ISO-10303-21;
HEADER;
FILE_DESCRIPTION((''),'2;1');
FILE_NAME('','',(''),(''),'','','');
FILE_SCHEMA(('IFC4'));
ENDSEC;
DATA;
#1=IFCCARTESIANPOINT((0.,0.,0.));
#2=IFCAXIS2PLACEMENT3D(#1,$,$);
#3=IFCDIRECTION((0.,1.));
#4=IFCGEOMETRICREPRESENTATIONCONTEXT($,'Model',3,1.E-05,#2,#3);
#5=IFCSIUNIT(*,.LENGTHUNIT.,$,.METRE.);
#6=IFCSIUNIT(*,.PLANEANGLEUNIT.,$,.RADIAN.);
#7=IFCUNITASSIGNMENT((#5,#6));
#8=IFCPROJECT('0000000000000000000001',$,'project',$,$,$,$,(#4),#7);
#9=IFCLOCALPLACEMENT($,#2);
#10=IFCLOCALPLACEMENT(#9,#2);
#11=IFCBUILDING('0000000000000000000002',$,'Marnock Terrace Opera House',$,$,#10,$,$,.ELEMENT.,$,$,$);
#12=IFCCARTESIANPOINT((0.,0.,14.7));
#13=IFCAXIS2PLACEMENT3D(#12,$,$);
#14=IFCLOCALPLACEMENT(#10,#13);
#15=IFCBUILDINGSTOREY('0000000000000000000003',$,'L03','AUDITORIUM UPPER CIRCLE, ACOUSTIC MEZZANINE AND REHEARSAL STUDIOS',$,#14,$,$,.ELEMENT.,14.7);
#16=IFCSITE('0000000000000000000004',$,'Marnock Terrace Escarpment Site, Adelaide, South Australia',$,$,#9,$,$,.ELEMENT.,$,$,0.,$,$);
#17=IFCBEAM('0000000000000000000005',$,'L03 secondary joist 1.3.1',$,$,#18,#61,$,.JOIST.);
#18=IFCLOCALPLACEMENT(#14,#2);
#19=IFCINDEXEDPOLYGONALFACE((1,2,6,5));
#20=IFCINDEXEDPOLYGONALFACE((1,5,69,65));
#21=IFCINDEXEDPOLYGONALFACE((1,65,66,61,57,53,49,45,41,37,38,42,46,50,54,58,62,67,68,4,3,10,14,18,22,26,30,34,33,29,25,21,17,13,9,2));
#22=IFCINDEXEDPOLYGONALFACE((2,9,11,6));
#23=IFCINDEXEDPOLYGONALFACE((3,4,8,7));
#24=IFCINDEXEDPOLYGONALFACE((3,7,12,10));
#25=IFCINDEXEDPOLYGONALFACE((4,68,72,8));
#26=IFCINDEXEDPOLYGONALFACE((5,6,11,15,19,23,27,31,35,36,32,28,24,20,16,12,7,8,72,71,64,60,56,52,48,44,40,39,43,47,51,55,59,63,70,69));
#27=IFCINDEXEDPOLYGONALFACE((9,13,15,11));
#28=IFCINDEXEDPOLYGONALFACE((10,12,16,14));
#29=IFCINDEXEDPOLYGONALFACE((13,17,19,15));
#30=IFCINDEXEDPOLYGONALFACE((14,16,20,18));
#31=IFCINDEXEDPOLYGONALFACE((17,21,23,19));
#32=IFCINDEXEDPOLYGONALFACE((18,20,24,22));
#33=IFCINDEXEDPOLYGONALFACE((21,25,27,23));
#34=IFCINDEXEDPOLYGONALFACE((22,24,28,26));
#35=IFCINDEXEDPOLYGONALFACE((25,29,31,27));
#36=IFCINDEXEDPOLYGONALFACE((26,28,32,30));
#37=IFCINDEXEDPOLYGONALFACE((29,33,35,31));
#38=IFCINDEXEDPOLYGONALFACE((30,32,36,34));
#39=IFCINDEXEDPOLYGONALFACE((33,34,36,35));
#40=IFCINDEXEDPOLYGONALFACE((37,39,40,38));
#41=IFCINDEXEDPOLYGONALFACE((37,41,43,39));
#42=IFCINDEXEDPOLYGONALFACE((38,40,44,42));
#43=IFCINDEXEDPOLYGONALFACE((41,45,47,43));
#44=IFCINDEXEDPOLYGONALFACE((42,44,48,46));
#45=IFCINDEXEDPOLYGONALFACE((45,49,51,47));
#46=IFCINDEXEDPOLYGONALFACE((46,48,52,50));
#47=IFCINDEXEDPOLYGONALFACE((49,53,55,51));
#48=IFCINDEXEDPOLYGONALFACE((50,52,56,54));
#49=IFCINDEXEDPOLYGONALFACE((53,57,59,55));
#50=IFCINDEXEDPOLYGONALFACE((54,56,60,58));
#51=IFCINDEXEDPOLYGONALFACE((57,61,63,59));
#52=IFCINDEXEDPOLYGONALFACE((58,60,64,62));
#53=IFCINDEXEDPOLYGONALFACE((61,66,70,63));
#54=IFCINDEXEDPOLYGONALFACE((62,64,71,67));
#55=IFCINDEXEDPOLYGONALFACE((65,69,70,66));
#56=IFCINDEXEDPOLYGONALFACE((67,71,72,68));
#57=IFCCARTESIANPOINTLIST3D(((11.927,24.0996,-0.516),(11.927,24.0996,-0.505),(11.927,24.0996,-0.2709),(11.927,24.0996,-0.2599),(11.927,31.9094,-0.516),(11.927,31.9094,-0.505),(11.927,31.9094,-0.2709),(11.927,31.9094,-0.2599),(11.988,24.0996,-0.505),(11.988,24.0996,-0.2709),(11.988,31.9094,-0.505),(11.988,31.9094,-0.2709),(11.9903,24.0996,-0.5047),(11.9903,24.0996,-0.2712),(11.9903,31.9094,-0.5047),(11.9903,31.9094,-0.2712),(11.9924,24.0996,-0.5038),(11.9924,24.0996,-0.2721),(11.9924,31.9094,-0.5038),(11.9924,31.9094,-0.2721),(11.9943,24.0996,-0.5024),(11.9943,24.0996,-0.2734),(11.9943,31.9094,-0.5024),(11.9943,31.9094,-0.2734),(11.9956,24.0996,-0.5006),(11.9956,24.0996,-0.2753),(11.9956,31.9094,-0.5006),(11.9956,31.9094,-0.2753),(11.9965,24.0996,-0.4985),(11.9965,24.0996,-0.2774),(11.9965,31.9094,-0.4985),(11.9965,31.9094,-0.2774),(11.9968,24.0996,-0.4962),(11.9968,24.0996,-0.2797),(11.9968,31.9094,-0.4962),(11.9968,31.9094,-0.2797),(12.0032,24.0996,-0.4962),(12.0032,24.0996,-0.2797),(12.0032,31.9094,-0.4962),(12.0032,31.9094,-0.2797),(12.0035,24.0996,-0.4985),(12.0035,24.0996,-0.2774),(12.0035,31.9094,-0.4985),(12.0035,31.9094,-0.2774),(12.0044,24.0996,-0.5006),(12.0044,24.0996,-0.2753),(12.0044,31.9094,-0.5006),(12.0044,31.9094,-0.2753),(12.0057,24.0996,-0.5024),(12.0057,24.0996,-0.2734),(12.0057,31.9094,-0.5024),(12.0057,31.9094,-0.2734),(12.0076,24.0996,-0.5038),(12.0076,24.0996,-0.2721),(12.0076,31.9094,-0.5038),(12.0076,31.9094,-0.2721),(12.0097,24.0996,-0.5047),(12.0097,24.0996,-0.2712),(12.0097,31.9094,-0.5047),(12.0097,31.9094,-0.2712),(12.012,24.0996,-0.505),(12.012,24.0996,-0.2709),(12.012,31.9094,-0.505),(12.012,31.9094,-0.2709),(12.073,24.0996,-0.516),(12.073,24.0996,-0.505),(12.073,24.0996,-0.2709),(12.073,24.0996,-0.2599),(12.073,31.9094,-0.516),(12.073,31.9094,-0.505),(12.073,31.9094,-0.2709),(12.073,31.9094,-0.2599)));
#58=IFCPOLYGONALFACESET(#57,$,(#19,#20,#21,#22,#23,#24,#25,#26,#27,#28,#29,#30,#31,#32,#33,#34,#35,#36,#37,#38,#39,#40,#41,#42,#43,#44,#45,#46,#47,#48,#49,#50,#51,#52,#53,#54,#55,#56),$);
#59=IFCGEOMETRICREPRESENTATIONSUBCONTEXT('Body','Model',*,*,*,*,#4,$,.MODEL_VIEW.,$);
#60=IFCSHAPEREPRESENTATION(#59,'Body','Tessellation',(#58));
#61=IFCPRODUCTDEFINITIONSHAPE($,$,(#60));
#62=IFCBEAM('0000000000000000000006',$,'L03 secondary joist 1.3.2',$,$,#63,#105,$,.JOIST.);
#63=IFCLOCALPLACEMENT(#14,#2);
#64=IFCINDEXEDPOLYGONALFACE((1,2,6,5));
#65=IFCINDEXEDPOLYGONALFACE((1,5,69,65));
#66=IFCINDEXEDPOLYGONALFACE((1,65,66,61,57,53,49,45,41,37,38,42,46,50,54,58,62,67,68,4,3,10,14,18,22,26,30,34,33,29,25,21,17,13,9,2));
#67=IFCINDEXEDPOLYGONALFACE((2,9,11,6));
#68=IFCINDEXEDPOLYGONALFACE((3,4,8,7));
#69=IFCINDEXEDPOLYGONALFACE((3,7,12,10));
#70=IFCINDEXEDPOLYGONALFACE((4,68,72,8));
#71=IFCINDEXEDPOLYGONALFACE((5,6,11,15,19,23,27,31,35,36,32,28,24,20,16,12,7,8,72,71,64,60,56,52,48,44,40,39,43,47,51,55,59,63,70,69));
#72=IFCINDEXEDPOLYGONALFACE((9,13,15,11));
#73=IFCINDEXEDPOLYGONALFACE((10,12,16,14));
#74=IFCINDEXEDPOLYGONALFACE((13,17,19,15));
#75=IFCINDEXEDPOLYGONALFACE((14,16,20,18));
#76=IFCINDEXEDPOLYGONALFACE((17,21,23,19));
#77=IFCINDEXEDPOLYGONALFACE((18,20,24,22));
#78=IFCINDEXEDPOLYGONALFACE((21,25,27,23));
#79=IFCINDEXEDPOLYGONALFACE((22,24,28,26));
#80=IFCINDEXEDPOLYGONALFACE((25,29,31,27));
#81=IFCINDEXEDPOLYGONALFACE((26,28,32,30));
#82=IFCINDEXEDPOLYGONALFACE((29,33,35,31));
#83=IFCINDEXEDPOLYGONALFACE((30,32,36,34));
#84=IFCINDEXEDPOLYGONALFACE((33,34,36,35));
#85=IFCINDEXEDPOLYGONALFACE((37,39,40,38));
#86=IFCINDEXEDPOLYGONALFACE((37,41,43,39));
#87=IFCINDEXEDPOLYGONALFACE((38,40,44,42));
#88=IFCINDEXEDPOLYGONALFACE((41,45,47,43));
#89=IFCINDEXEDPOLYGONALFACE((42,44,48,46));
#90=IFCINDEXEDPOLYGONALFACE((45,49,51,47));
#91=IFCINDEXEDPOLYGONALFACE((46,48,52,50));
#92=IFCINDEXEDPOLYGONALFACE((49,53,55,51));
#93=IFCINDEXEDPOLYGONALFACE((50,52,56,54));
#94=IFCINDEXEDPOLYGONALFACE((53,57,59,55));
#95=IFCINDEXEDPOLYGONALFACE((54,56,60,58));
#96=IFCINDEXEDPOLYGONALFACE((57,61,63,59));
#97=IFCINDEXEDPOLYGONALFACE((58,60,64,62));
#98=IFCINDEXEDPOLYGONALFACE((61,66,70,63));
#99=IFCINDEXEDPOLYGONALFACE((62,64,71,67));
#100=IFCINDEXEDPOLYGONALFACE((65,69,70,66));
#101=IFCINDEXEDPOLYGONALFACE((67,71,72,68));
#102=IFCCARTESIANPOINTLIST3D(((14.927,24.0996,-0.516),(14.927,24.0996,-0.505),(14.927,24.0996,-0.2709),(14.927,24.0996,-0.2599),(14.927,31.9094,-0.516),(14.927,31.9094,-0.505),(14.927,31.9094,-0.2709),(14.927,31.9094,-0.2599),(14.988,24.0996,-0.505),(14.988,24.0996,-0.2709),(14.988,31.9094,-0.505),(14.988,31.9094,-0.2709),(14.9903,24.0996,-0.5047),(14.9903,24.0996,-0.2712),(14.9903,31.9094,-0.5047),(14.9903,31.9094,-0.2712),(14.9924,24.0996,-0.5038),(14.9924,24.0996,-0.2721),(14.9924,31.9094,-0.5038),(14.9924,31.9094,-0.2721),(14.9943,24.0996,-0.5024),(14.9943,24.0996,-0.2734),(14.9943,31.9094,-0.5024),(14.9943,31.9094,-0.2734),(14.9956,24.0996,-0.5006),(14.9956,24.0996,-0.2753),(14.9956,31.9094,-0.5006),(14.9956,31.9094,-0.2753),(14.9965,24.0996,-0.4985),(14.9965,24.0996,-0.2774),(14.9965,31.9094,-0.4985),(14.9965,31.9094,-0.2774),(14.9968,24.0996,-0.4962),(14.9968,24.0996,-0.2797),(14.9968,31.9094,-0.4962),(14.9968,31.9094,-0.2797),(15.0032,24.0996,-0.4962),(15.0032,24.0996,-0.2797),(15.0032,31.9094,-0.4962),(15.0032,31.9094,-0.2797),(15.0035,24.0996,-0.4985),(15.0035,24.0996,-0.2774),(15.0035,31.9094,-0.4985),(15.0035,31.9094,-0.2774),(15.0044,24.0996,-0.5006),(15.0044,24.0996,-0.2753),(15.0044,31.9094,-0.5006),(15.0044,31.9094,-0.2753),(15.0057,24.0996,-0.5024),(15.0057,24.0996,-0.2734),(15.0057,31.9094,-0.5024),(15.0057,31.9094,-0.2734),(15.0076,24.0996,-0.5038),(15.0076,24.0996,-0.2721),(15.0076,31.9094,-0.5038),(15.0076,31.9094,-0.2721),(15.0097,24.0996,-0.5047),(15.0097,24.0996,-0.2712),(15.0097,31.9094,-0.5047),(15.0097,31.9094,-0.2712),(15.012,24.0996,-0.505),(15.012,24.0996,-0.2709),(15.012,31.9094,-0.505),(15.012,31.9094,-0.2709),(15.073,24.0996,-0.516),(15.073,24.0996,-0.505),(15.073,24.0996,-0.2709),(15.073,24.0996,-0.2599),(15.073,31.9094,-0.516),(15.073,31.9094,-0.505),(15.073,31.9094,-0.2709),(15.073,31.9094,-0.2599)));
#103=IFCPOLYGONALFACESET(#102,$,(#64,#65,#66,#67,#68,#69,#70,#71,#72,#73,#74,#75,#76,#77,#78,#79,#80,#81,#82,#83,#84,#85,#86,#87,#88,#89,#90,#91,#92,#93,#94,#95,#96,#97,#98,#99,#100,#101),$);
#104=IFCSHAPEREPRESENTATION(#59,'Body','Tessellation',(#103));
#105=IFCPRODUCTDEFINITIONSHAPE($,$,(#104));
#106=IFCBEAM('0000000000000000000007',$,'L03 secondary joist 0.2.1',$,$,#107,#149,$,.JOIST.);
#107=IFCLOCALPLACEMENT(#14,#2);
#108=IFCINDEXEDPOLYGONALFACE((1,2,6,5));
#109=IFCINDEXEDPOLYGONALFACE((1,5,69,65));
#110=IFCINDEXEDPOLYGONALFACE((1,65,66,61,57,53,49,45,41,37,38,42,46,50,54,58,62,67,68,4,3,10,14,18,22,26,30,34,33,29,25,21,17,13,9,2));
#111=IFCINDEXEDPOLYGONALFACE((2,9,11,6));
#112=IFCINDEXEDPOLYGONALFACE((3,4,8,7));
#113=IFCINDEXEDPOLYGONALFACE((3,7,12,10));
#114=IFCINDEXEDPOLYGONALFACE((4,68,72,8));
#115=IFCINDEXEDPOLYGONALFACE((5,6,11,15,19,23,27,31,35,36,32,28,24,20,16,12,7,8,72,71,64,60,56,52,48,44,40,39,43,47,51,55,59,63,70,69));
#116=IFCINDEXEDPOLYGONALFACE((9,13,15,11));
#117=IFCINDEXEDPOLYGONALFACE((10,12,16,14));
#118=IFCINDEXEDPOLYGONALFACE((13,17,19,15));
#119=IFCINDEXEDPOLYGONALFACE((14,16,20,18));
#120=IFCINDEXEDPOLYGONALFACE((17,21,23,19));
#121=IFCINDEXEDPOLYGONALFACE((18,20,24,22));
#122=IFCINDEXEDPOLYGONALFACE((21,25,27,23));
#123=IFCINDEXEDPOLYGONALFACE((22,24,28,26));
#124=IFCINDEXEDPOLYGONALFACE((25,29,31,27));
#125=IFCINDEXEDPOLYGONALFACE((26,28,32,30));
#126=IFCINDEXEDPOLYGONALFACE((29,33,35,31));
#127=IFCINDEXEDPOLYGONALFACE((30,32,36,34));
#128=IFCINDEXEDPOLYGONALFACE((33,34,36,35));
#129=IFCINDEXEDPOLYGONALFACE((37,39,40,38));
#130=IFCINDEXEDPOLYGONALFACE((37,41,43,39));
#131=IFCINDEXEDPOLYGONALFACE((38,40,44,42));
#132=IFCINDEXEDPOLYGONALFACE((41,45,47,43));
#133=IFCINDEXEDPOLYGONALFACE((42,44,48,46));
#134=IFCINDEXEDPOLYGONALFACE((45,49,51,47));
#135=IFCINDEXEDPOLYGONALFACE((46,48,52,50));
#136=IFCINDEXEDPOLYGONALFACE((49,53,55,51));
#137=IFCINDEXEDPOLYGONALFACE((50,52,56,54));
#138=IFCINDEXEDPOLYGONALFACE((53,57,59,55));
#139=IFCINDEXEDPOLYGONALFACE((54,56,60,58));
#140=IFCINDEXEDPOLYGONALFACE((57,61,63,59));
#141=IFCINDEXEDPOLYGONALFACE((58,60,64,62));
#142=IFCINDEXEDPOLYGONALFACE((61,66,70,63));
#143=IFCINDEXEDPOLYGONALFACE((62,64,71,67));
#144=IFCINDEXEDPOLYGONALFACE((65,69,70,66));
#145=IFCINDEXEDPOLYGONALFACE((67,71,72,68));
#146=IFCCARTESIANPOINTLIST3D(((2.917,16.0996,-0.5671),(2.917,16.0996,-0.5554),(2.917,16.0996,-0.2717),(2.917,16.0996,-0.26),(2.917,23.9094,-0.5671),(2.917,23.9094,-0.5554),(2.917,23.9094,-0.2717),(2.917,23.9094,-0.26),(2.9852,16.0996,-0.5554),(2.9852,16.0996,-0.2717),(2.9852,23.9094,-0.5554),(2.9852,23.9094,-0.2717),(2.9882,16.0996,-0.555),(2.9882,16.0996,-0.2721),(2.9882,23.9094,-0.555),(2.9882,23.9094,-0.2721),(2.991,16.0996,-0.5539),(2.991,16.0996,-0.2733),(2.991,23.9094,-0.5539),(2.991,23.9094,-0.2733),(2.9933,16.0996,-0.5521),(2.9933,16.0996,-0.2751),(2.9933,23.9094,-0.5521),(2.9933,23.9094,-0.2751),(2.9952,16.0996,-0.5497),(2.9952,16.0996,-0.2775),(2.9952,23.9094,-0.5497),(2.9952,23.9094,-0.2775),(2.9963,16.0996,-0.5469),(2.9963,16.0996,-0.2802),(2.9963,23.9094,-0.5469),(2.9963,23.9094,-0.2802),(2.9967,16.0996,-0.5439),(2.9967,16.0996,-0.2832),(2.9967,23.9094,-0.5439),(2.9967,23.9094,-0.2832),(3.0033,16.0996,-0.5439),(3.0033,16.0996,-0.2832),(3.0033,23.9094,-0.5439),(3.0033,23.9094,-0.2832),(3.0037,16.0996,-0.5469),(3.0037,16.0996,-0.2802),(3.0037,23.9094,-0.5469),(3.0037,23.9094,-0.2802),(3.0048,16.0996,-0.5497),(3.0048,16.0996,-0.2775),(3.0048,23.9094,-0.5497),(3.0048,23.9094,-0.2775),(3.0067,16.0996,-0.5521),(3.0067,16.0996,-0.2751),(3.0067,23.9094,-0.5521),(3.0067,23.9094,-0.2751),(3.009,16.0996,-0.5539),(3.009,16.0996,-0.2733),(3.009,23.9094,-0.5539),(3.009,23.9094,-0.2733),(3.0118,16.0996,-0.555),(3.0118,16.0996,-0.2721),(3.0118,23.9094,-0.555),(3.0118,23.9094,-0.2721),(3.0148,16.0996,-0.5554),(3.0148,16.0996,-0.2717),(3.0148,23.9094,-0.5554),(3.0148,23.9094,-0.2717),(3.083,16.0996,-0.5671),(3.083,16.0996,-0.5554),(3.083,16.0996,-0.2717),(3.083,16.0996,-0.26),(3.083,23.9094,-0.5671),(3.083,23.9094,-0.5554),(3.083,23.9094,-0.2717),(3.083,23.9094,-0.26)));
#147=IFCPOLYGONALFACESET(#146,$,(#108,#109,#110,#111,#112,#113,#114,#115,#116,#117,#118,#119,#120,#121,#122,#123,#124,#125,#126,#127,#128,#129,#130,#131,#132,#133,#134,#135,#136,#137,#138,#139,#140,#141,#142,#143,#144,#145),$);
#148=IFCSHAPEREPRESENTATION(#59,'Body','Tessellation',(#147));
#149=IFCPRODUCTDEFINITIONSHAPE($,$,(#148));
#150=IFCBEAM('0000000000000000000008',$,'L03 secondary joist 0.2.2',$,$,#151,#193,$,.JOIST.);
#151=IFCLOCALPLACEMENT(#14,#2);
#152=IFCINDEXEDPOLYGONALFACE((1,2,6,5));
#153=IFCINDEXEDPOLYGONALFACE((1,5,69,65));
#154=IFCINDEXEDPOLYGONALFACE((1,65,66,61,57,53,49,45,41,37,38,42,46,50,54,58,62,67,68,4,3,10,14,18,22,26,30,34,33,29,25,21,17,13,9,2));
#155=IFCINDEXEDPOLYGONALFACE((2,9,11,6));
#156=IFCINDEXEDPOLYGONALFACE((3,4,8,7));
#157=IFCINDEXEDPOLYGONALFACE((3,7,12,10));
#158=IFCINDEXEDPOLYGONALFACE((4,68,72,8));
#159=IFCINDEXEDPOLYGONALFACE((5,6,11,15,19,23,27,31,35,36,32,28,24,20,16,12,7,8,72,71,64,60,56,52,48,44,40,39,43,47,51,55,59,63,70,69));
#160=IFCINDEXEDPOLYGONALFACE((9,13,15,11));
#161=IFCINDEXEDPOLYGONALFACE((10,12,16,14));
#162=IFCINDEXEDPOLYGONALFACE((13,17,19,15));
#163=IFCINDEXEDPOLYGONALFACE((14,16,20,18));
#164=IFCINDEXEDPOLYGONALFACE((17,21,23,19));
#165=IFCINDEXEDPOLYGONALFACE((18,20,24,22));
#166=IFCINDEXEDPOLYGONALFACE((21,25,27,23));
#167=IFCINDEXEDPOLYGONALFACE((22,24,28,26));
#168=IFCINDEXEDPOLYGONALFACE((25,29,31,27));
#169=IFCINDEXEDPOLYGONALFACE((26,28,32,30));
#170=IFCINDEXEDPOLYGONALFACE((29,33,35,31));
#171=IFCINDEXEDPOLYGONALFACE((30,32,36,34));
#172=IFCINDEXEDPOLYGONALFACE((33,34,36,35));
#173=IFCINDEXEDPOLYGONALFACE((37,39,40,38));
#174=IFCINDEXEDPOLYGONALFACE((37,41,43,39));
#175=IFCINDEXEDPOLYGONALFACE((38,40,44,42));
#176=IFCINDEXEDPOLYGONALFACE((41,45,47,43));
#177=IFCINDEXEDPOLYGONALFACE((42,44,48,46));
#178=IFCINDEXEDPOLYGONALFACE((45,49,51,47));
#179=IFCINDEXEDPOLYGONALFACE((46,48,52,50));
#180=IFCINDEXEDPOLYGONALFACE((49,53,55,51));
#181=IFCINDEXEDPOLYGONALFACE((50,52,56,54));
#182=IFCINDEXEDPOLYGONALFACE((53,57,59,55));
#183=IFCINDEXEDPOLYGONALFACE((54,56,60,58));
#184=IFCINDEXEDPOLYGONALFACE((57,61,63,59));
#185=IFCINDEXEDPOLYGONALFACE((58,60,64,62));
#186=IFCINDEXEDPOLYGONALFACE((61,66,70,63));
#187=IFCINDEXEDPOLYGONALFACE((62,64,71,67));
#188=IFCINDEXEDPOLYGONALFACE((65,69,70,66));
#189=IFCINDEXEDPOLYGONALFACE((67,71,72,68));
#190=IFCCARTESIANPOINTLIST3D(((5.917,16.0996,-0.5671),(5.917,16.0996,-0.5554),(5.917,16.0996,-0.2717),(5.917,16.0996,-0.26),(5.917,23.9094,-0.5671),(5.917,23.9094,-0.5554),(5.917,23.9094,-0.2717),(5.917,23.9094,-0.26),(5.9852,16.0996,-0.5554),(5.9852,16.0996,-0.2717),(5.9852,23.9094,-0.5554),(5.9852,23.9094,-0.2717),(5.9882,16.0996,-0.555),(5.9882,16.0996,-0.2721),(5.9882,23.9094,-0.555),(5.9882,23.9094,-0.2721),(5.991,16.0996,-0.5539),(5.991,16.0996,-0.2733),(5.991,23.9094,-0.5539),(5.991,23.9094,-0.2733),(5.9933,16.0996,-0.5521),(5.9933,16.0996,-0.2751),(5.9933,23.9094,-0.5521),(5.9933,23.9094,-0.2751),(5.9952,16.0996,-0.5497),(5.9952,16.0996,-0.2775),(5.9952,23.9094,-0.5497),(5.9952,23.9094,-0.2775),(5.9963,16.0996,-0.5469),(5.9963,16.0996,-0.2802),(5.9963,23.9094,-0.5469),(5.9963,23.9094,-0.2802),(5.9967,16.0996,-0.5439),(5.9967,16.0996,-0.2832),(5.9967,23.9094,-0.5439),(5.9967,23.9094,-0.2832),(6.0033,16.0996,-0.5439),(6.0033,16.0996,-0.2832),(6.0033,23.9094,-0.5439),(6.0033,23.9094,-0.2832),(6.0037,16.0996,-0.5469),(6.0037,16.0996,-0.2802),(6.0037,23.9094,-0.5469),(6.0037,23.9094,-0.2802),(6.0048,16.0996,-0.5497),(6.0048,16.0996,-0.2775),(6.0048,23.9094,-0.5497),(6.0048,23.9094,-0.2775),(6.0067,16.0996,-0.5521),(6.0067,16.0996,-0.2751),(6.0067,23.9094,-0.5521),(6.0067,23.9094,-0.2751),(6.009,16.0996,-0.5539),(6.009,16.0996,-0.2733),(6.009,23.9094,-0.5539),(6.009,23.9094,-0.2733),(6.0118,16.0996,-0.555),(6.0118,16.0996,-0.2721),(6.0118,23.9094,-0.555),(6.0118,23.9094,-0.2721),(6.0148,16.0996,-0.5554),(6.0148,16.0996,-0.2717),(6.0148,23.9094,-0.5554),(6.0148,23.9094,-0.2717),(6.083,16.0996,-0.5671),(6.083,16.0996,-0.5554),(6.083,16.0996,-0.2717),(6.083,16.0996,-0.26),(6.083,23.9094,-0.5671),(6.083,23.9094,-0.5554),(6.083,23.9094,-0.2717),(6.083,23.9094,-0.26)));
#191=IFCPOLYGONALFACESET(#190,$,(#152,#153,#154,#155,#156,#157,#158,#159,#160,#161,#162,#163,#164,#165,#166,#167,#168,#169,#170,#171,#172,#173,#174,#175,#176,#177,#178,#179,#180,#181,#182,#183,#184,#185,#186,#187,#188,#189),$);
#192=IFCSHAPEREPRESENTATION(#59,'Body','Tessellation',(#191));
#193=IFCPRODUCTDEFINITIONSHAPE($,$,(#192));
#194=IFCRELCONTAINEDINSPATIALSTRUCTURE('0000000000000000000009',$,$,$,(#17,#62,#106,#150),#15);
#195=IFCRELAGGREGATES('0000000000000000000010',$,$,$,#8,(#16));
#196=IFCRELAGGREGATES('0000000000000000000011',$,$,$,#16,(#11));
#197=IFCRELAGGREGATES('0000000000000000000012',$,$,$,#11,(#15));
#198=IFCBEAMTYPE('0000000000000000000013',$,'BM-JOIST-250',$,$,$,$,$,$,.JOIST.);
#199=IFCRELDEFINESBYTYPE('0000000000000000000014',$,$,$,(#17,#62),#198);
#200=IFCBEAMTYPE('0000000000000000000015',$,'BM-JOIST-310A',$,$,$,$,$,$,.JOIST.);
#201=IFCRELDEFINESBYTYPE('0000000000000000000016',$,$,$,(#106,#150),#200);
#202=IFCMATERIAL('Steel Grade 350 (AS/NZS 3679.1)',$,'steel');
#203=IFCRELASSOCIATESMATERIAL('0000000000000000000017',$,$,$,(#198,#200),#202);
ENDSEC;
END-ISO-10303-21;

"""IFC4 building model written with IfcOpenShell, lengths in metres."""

from ifc_helpers import new_model, si_unit, direction, frame, origin, origin_2d, place, context, subcontext, project, spatial, i_section, extrude, material, material_profile, profile_set, type_object, element, save


model = new_model("IFC4")

# Units and contexts
model_context = context("Model", 3, precision=1e-05, world=origin(), true_north=direction((0.0, 1.0)))
body_context = subcontext(model_context, "Body", "Model", "MODEL_VIEW")
ifc_project = project(units=[si_unit("LENGTHUNIT", "METRE"), si_unit("PLANEANGLEUNIT", "RADIAN")], contexts=[model_context])

# Site, building, storey
site_placement = place(None, origin())
site = spatial("IfcSite", under=ifc_project, at=site_placement, Name="Marnock Terrace Escarpment Site, Adelaide, South Australia", CompositionType="ELEMENT", RefElevation=0.0)
building_placement = place(site_placement, origin())
building = spatial("IfcBuilding", under=site, at=building_placement, Name="Marnock Terrace Opera House", CompositionType="ELEMENT")
storey_placement = place(building_placement, frame((0.0, 0.0, 14.7)))
storey = spatial("IfcBuildingStorey", under=building, at=storey_placement, Name="L03", Description="AUDITORIUM UPPER CIRCLE, ACOUSTIC MEZZANINE AND REHEARSAL STUDIOS", CompositionType="ELEMENT", Elevation=14.7)

# Shared definitions
ifc_material_1 = material(Name="Steel Grade 350 (AS/NZS 3679.1)", Category="steel")

# Beams
ifc_material_profile_1 = material_profile(ifc_material_1, i_section(OverallWidth=0.146, OverallDepth=0.2561, WebThickness=0.0063, FlangeThickness=0.011, FilletRadius=0.0088, at=origin_2d()))
ifc_profile_set_1 = profile_set([ifc_material_profile_1], Name="Steel Grade 350 (AS/NZS 3679.1)")
beam_type_1 = type_object("IfcBeamType", Name="BM-JOIST-250", PredefinedType="JOIST", material=ifc_profile_set_1)
for number, where, z_axis, x_axis, name in (
    (1, (12.0, 24.0996, -0.3879), (0.0, 1.0, 0.0), (-1.0, 0.0, 0.0), "L03 secondary joist 1.3.1"),
    (2, (15.0, 24.0996, -0.3879), (0.0, 1.0, 0.0), (-1.0, 0.0, 0.0), "L03 secondary joist 1.3.2"),
):
    element("IfcBeam", number, at=place(storey_placement, frame(where, z_axis=z_axis, x_axis=x_axis)), inside=storey, type_object=beam_type_1, Name=name, PredefinedType="JOIST", context=body_context, shape_type="SweptSolid", body=[
        extrude(i_section(OverallWidth=0.146, OverallDepth=0.2561, WebThickness=0.0063, FlangeThickness=0.011, FilletRadius=0.0088, at=origin_2d()), origin(), (0.0, 0.0, 1.0), 7.8098),
    ])
ifc_material_profile_2 = material_profile(ifc_material_1, i_section(OverallWidth=0.166, OverallDepth=0.3071, WebThickness=0.0066, FlangeThickness=0.0117, FilletRadius=0.0115, at=origin_2d()))
ifc_profile_set_2 = profile_set([ifc_material_profile_2], Name="Steel Grade 350 (AS/NZS 3679.1)")
beam_type_2 = type_object("IfcBeamType", Name="BM-JOIST-310A", PredefinedType="JOIST", material=ifc_profile_set_2)
for number, where, z_axis, x_axis, name in (
    (3, (3.0, 16.0996, -0.4136), (0.0, 1.0, 0.0), (-1.0, 0.0, 0.0), "L03 secondary joist 0.2.1"),
    (4, (6.0, 16.0996, -0.4136), (0.0, 1.0, 0.0), (-1.0, 0.0, 0.0), "L03 secondary joist 0.2.2"),
):
    element("IfcBeam", number, at=place(storey_placement, frame(where, z_axis=z_axis, x_axis=x_axis)), inside=storey, type_object=beam_type_2, Name=name, PredefinedType="JOIST", context=body_context, shape_type="SweptSolid", body=[
        extrude(i_section(OverallWidth=0.166, OverallDepth=0.3071, WebThickness=0.0066, FlangeThickness=0.0117, FilletRadius=0.0115, at=origin_2d()), origin(), (0.0, 0.0, 1.0), 7.8098),
    ])

save(model, "model.ifc")
